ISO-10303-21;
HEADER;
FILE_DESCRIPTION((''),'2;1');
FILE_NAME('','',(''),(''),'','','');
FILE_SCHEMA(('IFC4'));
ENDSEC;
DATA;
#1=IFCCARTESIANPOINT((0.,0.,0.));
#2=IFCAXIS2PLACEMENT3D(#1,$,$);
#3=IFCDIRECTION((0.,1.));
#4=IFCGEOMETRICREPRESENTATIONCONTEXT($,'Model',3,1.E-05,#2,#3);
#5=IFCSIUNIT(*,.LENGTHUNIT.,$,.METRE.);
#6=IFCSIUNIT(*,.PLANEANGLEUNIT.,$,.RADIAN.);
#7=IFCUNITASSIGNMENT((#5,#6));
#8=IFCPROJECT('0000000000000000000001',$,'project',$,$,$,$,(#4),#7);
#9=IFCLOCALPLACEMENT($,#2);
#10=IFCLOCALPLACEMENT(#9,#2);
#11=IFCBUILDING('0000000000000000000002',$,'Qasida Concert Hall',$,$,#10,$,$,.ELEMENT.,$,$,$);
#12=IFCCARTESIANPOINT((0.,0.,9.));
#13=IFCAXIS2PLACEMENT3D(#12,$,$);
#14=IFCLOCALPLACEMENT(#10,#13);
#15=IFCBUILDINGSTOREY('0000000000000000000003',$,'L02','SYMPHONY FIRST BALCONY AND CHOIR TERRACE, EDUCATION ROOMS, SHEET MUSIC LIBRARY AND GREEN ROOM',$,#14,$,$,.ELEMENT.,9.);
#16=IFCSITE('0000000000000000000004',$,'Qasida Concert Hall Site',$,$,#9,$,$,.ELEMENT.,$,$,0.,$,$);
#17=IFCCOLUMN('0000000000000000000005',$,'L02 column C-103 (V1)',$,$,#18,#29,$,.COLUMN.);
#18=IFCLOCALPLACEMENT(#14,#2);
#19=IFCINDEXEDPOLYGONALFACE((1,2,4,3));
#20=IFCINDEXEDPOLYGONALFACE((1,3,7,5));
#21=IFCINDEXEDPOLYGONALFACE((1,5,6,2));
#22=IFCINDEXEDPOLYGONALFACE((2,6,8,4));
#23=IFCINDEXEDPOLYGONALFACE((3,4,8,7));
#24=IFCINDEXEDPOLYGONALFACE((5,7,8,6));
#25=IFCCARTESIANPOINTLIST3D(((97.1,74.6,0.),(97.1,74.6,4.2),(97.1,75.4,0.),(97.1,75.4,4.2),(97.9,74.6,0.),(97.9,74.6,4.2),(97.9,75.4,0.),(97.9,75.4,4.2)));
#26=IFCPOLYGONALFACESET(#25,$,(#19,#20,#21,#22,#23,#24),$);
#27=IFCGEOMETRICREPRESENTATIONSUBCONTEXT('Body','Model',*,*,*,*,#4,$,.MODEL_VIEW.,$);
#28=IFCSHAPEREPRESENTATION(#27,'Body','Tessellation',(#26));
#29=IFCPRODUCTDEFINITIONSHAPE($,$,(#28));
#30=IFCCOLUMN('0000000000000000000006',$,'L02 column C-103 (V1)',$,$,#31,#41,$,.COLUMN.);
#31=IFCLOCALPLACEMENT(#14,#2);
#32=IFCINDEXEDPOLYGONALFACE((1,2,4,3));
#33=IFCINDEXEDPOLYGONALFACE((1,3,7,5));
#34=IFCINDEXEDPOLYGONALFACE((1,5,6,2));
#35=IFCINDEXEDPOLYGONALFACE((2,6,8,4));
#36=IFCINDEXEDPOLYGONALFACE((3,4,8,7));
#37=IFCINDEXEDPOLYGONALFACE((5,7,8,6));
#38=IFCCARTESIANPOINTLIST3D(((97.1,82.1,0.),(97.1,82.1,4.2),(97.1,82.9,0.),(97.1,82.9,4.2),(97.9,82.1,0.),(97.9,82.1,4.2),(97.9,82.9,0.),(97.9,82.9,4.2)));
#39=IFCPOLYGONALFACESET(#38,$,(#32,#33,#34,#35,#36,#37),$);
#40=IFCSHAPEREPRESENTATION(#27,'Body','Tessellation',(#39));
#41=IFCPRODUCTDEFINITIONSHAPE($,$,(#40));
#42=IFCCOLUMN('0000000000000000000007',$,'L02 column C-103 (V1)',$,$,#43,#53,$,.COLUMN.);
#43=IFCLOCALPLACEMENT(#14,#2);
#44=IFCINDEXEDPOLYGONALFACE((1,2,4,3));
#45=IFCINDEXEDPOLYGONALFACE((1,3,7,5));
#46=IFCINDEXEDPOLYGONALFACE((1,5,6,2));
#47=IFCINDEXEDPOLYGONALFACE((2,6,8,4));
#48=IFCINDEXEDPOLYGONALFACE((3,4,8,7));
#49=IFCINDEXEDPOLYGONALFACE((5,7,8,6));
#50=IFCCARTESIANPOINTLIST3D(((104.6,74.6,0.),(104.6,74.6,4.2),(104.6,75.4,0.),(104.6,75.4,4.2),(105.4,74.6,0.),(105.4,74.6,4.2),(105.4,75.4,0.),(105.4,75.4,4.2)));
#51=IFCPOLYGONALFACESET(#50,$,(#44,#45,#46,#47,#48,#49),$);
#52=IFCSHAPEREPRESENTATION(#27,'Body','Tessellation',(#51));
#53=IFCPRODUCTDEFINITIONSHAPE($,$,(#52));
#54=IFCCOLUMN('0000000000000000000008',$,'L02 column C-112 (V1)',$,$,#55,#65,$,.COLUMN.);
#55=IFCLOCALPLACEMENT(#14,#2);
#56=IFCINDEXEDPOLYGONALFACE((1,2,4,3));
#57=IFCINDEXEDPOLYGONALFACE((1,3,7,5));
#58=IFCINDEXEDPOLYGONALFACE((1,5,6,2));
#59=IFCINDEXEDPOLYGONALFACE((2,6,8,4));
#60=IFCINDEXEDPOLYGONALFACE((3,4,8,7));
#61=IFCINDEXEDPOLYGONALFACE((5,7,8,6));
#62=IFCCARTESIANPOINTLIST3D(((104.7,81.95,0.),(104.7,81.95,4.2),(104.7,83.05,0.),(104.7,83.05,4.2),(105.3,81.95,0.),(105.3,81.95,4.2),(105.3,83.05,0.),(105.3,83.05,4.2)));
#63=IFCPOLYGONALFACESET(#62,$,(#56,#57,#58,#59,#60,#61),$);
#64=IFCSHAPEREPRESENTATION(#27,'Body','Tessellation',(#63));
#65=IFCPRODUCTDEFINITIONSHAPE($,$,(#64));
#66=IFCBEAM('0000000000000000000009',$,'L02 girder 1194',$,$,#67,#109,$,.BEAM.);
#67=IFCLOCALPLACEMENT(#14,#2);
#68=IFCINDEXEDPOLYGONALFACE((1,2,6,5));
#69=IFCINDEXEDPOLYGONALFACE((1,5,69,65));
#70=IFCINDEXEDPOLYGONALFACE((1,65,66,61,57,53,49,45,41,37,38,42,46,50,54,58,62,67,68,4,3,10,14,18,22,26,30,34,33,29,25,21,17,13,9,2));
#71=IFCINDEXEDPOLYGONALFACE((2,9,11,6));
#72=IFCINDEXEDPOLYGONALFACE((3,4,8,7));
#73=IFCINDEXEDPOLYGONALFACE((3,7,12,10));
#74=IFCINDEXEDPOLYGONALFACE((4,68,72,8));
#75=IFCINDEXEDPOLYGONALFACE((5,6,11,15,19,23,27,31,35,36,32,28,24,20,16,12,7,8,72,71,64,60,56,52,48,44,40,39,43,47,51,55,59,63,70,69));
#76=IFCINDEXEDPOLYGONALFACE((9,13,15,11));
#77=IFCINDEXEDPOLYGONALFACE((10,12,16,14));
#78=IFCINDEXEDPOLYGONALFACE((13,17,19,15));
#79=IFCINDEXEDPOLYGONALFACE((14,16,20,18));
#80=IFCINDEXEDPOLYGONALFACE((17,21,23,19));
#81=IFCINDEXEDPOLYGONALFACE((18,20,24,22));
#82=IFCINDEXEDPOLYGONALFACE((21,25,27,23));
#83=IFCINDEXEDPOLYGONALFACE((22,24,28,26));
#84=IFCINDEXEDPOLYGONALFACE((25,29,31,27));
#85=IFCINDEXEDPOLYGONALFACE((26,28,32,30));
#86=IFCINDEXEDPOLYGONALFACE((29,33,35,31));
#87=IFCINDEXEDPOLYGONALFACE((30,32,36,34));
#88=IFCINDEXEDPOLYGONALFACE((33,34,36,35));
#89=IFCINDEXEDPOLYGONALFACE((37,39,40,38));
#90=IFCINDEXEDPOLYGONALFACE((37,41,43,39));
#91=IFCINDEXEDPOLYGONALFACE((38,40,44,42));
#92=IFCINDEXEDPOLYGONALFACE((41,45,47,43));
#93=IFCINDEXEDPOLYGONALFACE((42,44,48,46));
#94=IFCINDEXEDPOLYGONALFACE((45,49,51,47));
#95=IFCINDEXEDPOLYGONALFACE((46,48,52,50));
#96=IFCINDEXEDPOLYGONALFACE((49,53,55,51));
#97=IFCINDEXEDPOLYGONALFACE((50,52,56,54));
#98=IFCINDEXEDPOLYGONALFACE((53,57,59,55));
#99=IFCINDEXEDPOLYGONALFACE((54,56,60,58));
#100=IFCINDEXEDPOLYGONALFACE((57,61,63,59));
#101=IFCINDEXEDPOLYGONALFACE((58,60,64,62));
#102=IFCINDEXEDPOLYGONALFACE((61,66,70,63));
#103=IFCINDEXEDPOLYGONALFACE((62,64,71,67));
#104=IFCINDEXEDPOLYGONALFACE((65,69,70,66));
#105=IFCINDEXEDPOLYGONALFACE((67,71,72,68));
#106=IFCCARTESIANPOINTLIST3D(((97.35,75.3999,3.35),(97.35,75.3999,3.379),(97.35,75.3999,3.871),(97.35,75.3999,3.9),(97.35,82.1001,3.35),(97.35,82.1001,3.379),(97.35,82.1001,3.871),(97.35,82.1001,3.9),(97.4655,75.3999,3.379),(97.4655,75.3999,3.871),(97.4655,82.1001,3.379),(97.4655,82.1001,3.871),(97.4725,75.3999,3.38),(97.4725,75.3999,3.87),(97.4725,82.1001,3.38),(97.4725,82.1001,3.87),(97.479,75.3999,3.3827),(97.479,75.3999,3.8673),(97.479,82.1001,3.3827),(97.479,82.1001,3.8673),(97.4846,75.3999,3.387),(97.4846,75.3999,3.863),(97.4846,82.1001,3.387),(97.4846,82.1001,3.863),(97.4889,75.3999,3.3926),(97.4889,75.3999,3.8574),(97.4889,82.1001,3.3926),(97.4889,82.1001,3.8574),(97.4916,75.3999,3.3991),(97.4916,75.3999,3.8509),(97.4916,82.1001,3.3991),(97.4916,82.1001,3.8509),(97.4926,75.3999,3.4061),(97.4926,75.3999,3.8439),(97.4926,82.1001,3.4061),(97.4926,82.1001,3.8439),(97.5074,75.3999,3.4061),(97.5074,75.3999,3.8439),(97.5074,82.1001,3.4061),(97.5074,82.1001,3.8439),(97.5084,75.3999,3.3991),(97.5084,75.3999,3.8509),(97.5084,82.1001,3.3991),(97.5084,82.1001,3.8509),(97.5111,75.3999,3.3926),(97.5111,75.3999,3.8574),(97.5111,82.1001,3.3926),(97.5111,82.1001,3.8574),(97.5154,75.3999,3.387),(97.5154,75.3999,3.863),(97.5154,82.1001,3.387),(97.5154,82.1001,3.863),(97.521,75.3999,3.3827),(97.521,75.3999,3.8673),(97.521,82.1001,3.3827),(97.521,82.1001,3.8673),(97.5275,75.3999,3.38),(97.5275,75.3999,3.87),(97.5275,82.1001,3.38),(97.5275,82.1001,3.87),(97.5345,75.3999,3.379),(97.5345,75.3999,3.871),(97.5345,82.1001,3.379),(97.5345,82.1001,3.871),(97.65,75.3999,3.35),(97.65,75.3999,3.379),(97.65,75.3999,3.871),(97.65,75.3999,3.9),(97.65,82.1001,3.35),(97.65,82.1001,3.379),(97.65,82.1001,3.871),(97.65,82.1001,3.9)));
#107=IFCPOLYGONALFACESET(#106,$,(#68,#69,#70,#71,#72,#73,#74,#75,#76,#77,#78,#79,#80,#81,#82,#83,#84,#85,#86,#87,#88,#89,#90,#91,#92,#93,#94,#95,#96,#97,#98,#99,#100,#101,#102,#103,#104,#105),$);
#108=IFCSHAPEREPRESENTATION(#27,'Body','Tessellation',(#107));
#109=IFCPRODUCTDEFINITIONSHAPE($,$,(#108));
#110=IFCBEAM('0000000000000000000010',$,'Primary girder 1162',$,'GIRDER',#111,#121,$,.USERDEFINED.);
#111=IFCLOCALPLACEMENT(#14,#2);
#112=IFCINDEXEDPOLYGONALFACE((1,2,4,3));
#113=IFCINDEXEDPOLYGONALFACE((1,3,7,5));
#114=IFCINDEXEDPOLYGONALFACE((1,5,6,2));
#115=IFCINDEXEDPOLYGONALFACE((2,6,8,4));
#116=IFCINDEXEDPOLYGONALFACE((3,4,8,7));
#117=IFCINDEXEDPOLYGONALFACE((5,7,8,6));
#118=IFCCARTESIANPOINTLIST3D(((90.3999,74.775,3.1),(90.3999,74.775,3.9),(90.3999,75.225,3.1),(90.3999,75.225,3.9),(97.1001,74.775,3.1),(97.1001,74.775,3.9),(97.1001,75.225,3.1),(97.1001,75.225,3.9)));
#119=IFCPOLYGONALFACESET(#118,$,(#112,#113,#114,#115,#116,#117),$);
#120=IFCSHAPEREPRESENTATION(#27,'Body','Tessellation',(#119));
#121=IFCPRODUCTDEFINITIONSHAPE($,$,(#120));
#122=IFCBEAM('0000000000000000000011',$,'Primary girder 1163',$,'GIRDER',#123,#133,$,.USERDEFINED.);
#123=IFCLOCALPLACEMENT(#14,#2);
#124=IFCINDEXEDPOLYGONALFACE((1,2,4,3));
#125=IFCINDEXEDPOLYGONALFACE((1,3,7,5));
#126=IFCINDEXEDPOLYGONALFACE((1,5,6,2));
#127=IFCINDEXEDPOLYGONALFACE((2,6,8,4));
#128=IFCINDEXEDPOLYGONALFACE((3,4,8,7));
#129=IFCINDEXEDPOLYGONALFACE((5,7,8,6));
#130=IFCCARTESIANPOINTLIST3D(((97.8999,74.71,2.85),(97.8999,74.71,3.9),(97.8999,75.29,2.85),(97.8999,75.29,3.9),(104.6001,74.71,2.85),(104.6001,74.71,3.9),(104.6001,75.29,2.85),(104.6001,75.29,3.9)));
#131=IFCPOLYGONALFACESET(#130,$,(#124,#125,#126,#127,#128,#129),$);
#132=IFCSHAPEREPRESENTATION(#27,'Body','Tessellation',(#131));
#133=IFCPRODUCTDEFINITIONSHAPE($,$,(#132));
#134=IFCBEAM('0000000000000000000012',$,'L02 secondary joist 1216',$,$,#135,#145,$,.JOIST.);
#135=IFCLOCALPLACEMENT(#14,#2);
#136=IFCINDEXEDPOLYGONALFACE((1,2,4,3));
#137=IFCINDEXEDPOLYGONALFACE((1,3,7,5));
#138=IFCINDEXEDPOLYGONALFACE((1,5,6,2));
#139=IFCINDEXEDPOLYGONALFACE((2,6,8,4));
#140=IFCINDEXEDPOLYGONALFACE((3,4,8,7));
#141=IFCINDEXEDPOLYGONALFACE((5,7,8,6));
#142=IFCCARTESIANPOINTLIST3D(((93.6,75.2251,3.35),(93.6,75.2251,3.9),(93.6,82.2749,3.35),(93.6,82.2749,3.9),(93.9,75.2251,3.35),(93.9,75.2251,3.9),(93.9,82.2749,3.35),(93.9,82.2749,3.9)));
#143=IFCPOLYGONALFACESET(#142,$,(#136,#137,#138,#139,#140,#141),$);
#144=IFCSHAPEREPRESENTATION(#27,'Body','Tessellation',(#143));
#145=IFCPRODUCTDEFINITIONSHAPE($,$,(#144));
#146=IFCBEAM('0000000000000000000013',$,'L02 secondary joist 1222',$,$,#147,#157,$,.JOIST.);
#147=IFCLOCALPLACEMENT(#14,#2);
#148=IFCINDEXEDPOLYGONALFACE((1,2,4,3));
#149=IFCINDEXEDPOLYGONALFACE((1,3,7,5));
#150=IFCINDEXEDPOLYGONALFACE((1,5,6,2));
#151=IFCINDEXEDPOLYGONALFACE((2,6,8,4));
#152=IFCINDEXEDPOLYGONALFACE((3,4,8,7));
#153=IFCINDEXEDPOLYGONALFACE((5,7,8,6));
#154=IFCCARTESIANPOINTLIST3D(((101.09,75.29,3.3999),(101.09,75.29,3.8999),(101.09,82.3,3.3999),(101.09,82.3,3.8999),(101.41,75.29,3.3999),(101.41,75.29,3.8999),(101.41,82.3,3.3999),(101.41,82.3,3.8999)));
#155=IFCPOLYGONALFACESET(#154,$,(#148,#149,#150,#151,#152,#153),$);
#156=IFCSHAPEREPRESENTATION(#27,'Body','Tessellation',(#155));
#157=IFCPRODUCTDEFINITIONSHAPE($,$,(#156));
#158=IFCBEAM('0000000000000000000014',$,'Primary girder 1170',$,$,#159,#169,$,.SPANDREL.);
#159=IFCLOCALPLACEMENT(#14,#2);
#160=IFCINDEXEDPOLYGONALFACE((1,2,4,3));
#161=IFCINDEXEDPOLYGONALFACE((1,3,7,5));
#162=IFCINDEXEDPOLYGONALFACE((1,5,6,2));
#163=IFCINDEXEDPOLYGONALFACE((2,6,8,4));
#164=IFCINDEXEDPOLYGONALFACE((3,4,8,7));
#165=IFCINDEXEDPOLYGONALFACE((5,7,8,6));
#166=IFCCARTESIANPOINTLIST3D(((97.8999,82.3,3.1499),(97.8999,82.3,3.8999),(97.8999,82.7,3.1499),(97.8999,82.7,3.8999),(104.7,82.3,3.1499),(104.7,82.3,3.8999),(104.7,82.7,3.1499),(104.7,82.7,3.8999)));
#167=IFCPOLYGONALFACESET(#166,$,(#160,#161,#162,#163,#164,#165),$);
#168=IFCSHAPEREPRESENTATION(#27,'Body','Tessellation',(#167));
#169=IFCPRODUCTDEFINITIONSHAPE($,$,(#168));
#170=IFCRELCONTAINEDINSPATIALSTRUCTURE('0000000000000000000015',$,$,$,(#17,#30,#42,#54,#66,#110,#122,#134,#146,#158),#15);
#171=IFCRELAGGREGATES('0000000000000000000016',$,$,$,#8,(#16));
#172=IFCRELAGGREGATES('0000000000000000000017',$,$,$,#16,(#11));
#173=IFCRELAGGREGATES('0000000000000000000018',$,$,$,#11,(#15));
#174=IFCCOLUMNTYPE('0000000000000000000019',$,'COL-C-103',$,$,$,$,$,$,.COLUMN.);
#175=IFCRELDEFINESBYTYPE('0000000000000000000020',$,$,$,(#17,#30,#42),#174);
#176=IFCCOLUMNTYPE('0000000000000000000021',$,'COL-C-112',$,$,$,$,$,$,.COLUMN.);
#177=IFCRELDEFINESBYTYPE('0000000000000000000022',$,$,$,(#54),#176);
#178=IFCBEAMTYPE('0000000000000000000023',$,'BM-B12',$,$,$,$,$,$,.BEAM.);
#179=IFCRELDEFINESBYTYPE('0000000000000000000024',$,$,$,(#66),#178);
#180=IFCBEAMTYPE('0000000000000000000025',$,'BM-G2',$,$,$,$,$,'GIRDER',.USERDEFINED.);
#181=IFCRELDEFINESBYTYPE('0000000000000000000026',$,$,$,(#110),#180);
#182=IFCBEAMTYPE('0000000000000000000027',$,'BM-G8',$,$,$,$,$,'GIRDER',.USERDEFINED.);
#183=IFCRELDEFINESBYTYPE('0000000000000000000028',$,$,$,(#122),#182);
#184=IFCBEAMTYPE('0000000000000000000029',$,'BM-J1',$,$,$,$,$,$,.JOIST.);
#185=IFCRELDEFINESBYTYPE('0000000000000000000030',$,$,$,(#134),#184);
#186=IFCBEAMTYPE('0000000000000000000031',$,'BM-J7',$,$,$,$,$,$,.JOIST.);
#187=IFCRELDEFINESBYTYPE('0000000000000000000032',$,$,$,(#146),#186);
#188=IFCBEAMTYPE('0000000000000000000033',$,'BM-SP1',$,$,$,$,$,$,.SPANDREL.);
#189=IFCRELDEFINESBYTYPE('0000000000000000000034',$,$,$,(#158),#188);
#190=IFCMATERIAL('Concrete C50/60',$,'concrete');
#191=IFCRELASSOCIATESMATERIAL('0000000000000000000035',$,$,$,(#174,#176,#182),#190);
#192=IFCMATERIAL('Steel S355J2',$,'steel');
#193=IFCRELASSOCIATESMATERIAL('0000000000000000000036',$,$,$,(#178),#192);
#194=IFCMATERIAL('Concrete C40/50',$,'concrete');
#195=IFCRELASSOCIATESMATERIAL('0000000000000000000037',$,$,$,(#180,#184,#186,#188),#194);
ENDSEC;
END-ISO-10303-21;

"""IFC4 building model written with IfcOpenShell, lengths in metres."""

from ifc_helpers import new_model, si_unit, direction, frame, origin, origin_2d, place, context, subcontext, project, spatial, rectangle, i_section, extrude, material, material_profile, profile_set, type_object, element, save


model = new_model("IFC4")

# Units and contexts
model_context = context("Model", 3, precision=1e-05, world=origin(), true_north=direction((0.0, 1.0)))
body_context = subcontext(model_context, "Body", "Model", "MODEL_VIEW")
ifc_project = project(units=[si_unit("LENGTHUNIT", "METRE"), si_unit("PLANEANGLEUNIT", "RADIAN")], contexts=[model_context])

# Site, building, storey
site_placement = place(None, origin())
site = spatial("IfcSite", under=ifc_project, at=site_placement, Name="Qasida Concert Hall Site", CompositionType="ELEMENT", RefElevation=0.0)
building_placement = place(site_placement, origin())
building = spatial("IfcBuilding", under=site, at=building_placement, Name="Qasida Concert Hall", CompositionType="ELEMENT")
storey_placement = place(building_placement, frame((0.0, 0.0, 9.0)))
storey = spatial("IfcBuildingStorey", under=building, at=storey_placement, Name="L02", Description="SYMPHONY FIRST BALCONY AND CHOIR TERRACE, EDUCATION ROOMS, SHEET MUSIC LIBRARY AND GREEN ROOM", CompositionType="ELEMENT", Elevation=9.0)

# Columns
ifc_material_1 = material(Name="Concrete C50/60", Category="concrete")
ifc_material_profile_1 = material_profile(ifc_material_1, rectangle(XDim=0.8, YDim=0.8, at=origin_2d()), Name="RC 800x800")
ifc_profile_set_1 = profile_set([ifc_material_profile_1], Name="Concrete C50/60")
column_type_1 = type_object("IfcColumnType", Name="COL-C-103", PredefinedType="COLUMN", material=ifc_profile_set_1)
for number, where, z_axis, x_axis, name in (
    (1, (97.5, 75.0, 0.0), (0.0, 0.0, 1.0), (1.0, 0.0, 0.0), "L02 column C-103 (V1)"),
    (2, (97.5, 82.5, 0.0), (0.0, 0.0, 1.0), (1.0, 0.0, 0.0), "L02 column C-103 (V1)"),
    (3, (105.0, 75.0, 0.0), (0.0, 0.0, 1.0), (1.0, 0.0, 0.0), "L02 column C-103 (V1)"),
):
    element("IfcColumn", number, at=place(storey_placement, frame(where, z_axis=z_axis, x_axis=x_axis)), inside=storey, type_object=column_type_1, Name=name, PredefinedType="COLUMN", context=body_context, shape_type="SweptSolid", body=[
        extrude(rectangle(XDim=0.8, YDim=0.8, at=origin_2d()), origin(), (0.0, 0.0, 1.0), 4.2),
    ])
ifc_material_profile_2 = material_profile(ifc_material_1, rectangle(XDim=0.6001, YDim=1.1001, at=origin_2d()), Name="RC 600x1100")
ifc_profile_set_2 = profile_set([ifc_material_profile_2], Name="Concrete C50/60")
column_type_2 = type_object("IfcColumnType", Name="COL-C-112", PredefinedType="COLUMN", material=ifc_profile_set_2)
column_placement = place(storey_placement, frame((105.0, 82.5, 0.0), z_axis=(0.0, 0.0, 1.0), x_axis=(1.0, 0.0, 0.0)))
element("IfcColumn", 4, at=column_placement, inside=storey, type_object=column_type_2, Name="L02 column C-112 (V1)", PredefinedType="COLUMN", context=body_context, shape_type="SweptSolid", body=[
    extrude(rectangle(XDim=0.6001, YDim=1.1001, at=origin_2d()), origin(), (0.0, 0.0, 1.0), 4.2),
])

# Beams
ifc_material_2 = material(Name="Steel S355J2", Category="steel")
ifc_material_profile_3 = material_profile(ifc_material_2, i_section(OverallWidth=0.3, OverallDepth=0.55, WebThickness=0.0149, FlangeThickness=0.0291, FilletRadius=0.0271, at=origin_2d()), Name="HEB 550")
ifc_profile_set_3 = profile_set([ifc_material_profile_3], Name="Steel S355J2")
beam_type_1 = type_object("IfcBeamType", Name="BM-B12", PredefinedType="BEAM", material=ifc_profile_set_3)
beam_1_placement = place(storey_placement, frame((97.5, 75.3999, 3.625), z_axis=(0.0, 1.0, 0.0), x_axis=(-1.0, 0.0, 0.0)))
element("IfcBeam", 5, at=beam_1_placement, inside=storey, type_object=beam_type_1, Name="L02 girder 1194", PredefinedType="BEAM", context=body_context, shape_type="SweptSolid", body=[
    extrude(i_section(OverallWidth=0.3, OverallDepth=0.55, WebThickness=0.0149, FlangeThickness=0.0291, FilletRadius=0.0271, at=origin_2d()), origin(), (0.0, 0.0, 1.0), 6.7002),
])
ifc_material_3 = material(Name="Concrete C40/50", Category="concrete")
ifc_material_profile_4 = material_profile(ifc_material_3, rectangle(XDim=0.45, YDim=0.8, at=origin_2d()), Name="RC 450x800")
ifc_profile_set_4 = profile_set([ifc_material_profile_4], Name="Concrete C40/50")
beam_type_2 = type_object("IfcBeamType", Name="BM-G2", ElementType="GIRDER", PredefinedType="USERDEFINED", material=ifc_profile_set_4)
beam_2_placement = place(storey_placement, frame((90.3999, 75.0, 3.5), z_axis=(1.0, 0.0, 0.0), x_axis=(0.0, 1.0, 0.0)))
element("IfcBeam", 6, at=beam_2_placement, inside=storey, type_object=beam_type_2, Name="Primary girder 1162", ObjectType="GIRDER", PredefinedType="USERDEFINED", context=body_context, shape_type="SweptSolid", body=[
    extrude(rectangle(XDim=0.45, YDim=0.8, at=origin_2d()), origin(), (0.0, 0.0, 1.0), 6.7002),
])
ifc_material_profile_5 = material_profile(ifc_material_1, rectangle(XDim=0.5801, YDim=1.05, at=origin_2d()), Name="RC 580x1050")
ifc_profile_set_5 = profile_set([ifc_material_profile_5], Name="Concrete C50/60")
beam_type_3 = type_object("IfcBeamType", Name="BM-G8", ElementType="GIRDER", PredefinedType="USERDEFINED", material=ifc_profile_set_5)
beam_3_placement = place(storey_placement, frame((97.8999, 75.0, 3.375), z_axis=(1.0, 0.0, 0.0), x_axis=(0.0, 1.0, 0.0)))
element("IfcBeam", 7, at=beam_3_placement, inside=storey, type_object=beam_type_3, Name="Primary girder 1163", ObjectType="GIRDER", PredefinedType="USERDEFINED", context=body_context, shape_type="SweptSolid", body=[
    extrude(rectangle(XDim=0.5801, YDim=1.05, at=origin_2d()), origin(), (0.0, 0.0, 1.0), 6.7002),
])
ifc_material_profile_6 = material_profile(ifc_material_3, rectangle(XDim=0.3, YDim=0.55, at=origin_2d()), Name="RC 300x550")
ifc_profile_set_6 = profile_set([ifc_material_profile_6], Name="Concrete C40/50")
beam_type_4 = type_object("IfcBeamType", Name="BM-J1", PredefinedType="JOIST", material=ifc_profile_set_6)
beam_4_placement = place(storey_placement, frame((93.75, 75.2251, 3.625), z_axis=(0.0, 1.0, 0.0), x_axis=(-1.0, 0.0, 0.0)))
element("IfcBeam", 8, at=beam_4_placement, inside=storey, type_object=beam_type_4, Name="L02 secondary joist 1216", PredefinedType="JOIST", context=body_context, shape_type="SweptSolid", body=[
    extrude(rectangle(XDim=0.3, YDim=0.55, at=origin_2d()), origin(), (0.0, 0.0, 1.0), 7.0498),
])
ifc_material_profile_7 = material_profile(ifc_material_3, rectangle(XDim=0.3201, YDim=0.5, at=origin_2d()), Name="RC 320x500")
ifc_profile_set_7 = profile_set([ifc_material_profile_7], Name="Concrete C40/50")
beam_type_5 = type_object("IfcBeamType", Name="BM-J7", PredefinedType="JOIST", material=ifc_profile_set_7)
beam_5_placement = place(storey_placement, frame((101.25, 75.29, 3.6499), z_axis=(0.0, 1.0, 0.0), x_axis=(-1.0, 0.0, 0.0)))
element("IfcBeam", 9, at=beam_5_placement, inside=storey, type_object=beam_type_5, Name="L02 secondary joist 1222", PredefinedType="JOIST", context=body_context, shape_type="SweptSolid", body=[
    extrude(rectangle(XDim=0.3201, YDim=0.5, at=origin_2d()), origin(), (0.0, 0.0, 1.0), 7.01),
])
ifc_material_profile_8 = material_profile(ifc_material_3, rectangle(XDim=0.3999, YDim=0.75, at=origin_2d()), Name="RC 400x750")
ifc_profile_set_8 = profile_set([ifc_material_profile_8], Name="Concrete C40/50")
beam_type_6 = type_object("IfcBeamType", Name="BM-SP1", PredefinedType="SPANDREL", material=ifc_profile_set_8)
beam_6_placement = place(storey_placement, frame((97.8999, 82.5, 3.5249), z_axis=(1.0, 0.0, 0.0), x_axis=(0.0, 1.0, 0.0)))
element("IfcBeam", 10, at=beam_6_placement, inside=storey, type_object=beam_type_6, Name="Primary girder 1170", PredefinedType="SPANDREL", context=body_context, shape_type="SweptSolid", body=[
    extrude(rectangle(XDim=0.3999, YDim=0.75, at=origin_2d()), origin(), (0.0, 0.0, 1.0), 6.8),
])

save(model, "model.ifc")
